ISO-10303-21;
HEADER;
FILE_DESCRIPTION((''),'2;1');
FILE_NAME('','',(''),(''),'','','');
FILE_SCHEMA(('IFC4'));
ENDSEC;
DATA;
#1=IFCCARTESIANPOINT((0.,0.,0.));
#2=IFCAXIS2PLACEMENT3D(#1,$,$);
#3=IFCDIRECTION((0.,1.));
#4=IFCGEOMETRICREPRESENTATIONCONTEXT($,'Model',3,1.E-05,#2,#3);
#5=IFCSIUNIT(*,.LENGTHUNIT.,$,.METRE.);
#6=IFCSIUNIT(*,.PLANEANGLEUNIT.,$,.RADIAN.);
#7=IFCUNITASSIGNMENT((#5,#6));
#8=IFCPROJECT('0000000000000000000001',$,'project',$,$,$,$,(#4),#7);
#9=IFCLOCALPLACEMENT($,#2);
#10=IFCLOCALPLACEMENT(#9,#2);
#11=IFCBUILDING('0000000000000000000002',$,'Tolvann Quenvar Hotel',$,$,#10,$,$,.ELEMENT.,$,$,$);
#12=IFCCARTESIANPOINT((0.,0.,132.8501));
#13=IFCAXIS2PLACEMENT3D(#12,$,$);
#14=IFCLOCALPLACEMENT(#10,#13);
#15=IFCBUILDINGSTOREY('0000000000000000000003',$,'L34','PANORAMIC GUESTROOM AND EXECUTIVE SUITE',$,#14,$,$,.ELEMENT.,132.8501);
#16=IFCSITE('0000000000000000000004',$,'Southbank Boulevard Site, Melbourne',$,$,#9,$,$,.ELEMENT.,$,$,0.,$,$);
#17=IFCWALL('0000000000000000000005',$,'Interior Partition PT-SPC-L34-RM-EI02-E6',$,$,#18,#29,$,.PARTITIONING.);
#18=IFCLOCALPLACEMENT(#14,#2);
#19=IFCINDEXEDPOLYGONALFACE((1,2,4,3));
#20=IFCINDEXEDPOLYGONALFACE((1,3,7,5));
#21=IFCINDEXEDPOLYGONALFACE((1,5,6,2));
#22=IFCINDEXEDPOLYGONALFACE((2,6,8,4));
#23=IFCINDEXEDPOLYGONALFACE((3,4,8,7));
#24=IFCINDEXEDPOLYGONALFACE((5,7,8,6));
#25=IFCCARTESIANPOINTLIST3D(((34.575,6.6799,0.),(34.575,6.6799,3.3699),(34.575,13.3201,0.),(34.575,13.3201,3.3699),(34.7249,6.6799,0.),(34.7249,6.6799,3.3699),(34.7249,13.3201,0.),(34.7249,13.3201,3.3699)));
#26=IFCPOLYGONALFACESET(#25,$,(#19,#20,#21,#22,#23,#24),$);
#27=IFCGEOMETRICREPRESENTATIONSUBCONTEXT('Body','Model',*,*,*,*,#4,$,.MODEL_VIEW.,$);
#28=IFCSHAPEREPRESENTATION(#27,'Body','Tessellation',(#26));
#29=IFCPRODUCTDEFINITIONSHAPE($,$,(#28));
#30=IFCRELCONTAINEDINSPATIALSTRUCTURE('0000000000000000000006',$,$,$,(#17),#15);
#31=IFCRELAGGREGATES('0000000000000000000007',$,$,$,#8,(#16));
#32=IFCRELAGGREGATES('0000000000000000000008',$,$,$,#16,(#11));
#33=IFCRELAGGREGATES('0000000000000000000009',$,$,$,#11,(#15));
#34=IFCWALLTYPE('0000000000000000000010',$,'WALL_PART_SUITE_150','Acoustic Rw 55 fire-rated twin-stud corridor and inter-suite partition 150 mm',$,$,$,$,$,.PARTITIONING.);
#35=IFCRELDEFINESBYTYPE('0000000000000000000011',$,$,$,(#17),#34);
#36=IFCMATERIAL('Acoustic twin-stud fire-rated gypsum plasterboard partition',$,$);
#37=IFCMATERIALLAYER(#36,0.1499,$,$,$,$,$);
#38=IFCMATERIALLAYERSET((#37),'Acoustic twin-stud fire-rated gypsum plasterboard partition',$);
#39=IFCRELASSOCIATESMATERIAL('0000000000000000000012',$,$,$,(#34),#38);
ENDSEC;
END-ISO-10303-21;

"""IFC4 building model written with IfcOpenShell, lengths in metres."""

from ifc_helpers import new_model, si_unit, direction, frame, frame_2d, origin, place, context, subcontext, project, spatial, rectangle, extrude, material, layer, layer_set, type_object, element, save


model = new_model("IFC4")

# Units and contexts
model_context = context("Model", 3, precision=1e-05, world=origin(), true_north=direction((0.0, 1.0)))
body_context = subcontext(model_context, "Body", "Model", "MODEL_VIEW")
ifc_project = project(units=[si_unit("LENGTHUNIT", "METRE"), si_unit("PLANEANGLEUNIT", "RADIAN")], contexts=[model_context])

# Site, building, storey
site_placement = place(None, origin())
site = spatial("IfcSite", under=ifc_project, at=site_placement, Name="Southbank Boulevard Site, Melbourne", CompositionType="ELEMENT", RefElevation=0.0)
building_placement = place(site_placement, origin())
building = spatial("IfcBuilding", under=site, at=building_placement, Name="Tolvann Quenvar Hotel", CompositionType="ELEMENT")
storey_placement = place(building_placement, frame((0.0, 0.0, 132.8501)))
storey = spatial("IfcBuildingStorey", under=building, at=storey_placement, Name="L34", Description="PANORAMIC GUESTROOM AND EXECUTIVE SUITE", CompositionType="ELEMENT", Elevation=132.8501)

# Wall
ifc_material_1 = material(Name="Acoustic twin-stud fire-rated gypsum plasterboard partition")
ifc_layer_1 = layer(ifc_material_1, 0.1499)
ifc_layer_set_1 = layer_set([ifc_layer_1], Name="Acoustic twin-stud fire-rated gypsum plasterboard partition")
wall_type_1 = type_object("IfcWallType", Name="WALL_PART_SUITE_150", Description="Acoustic Rw 55 fire-rated twin-stud corridor and inter-suite partition 150 mm", PredefinedType="PARTITIONING", material=ifc_layer_set_1)
wall_1_placement = place(storey_placement, frame((34.6499, 6.6799, 0.0), z_axis=(0.0, 0.0, 1.0), x_axis=(0.0, 1.0, 0.0)))
element("IfcWall", 1, at=wall_1_placement, inside=storey, type_object=wall_type_1, Name="Interior Partition PT-SPC-L34-RM-EI02-E6", PredefinedType="PARTITIONING", context=body_context, shape_type="SweptSolid", body=[
    extrude(rectangle(XDim=6.6401, YDim=0.1499, at=frame_2d((3.3201, 0.0))), origin(), (0.0, 0.0, 1.0), 3.3699),
])

save(model, "model.ifc")
